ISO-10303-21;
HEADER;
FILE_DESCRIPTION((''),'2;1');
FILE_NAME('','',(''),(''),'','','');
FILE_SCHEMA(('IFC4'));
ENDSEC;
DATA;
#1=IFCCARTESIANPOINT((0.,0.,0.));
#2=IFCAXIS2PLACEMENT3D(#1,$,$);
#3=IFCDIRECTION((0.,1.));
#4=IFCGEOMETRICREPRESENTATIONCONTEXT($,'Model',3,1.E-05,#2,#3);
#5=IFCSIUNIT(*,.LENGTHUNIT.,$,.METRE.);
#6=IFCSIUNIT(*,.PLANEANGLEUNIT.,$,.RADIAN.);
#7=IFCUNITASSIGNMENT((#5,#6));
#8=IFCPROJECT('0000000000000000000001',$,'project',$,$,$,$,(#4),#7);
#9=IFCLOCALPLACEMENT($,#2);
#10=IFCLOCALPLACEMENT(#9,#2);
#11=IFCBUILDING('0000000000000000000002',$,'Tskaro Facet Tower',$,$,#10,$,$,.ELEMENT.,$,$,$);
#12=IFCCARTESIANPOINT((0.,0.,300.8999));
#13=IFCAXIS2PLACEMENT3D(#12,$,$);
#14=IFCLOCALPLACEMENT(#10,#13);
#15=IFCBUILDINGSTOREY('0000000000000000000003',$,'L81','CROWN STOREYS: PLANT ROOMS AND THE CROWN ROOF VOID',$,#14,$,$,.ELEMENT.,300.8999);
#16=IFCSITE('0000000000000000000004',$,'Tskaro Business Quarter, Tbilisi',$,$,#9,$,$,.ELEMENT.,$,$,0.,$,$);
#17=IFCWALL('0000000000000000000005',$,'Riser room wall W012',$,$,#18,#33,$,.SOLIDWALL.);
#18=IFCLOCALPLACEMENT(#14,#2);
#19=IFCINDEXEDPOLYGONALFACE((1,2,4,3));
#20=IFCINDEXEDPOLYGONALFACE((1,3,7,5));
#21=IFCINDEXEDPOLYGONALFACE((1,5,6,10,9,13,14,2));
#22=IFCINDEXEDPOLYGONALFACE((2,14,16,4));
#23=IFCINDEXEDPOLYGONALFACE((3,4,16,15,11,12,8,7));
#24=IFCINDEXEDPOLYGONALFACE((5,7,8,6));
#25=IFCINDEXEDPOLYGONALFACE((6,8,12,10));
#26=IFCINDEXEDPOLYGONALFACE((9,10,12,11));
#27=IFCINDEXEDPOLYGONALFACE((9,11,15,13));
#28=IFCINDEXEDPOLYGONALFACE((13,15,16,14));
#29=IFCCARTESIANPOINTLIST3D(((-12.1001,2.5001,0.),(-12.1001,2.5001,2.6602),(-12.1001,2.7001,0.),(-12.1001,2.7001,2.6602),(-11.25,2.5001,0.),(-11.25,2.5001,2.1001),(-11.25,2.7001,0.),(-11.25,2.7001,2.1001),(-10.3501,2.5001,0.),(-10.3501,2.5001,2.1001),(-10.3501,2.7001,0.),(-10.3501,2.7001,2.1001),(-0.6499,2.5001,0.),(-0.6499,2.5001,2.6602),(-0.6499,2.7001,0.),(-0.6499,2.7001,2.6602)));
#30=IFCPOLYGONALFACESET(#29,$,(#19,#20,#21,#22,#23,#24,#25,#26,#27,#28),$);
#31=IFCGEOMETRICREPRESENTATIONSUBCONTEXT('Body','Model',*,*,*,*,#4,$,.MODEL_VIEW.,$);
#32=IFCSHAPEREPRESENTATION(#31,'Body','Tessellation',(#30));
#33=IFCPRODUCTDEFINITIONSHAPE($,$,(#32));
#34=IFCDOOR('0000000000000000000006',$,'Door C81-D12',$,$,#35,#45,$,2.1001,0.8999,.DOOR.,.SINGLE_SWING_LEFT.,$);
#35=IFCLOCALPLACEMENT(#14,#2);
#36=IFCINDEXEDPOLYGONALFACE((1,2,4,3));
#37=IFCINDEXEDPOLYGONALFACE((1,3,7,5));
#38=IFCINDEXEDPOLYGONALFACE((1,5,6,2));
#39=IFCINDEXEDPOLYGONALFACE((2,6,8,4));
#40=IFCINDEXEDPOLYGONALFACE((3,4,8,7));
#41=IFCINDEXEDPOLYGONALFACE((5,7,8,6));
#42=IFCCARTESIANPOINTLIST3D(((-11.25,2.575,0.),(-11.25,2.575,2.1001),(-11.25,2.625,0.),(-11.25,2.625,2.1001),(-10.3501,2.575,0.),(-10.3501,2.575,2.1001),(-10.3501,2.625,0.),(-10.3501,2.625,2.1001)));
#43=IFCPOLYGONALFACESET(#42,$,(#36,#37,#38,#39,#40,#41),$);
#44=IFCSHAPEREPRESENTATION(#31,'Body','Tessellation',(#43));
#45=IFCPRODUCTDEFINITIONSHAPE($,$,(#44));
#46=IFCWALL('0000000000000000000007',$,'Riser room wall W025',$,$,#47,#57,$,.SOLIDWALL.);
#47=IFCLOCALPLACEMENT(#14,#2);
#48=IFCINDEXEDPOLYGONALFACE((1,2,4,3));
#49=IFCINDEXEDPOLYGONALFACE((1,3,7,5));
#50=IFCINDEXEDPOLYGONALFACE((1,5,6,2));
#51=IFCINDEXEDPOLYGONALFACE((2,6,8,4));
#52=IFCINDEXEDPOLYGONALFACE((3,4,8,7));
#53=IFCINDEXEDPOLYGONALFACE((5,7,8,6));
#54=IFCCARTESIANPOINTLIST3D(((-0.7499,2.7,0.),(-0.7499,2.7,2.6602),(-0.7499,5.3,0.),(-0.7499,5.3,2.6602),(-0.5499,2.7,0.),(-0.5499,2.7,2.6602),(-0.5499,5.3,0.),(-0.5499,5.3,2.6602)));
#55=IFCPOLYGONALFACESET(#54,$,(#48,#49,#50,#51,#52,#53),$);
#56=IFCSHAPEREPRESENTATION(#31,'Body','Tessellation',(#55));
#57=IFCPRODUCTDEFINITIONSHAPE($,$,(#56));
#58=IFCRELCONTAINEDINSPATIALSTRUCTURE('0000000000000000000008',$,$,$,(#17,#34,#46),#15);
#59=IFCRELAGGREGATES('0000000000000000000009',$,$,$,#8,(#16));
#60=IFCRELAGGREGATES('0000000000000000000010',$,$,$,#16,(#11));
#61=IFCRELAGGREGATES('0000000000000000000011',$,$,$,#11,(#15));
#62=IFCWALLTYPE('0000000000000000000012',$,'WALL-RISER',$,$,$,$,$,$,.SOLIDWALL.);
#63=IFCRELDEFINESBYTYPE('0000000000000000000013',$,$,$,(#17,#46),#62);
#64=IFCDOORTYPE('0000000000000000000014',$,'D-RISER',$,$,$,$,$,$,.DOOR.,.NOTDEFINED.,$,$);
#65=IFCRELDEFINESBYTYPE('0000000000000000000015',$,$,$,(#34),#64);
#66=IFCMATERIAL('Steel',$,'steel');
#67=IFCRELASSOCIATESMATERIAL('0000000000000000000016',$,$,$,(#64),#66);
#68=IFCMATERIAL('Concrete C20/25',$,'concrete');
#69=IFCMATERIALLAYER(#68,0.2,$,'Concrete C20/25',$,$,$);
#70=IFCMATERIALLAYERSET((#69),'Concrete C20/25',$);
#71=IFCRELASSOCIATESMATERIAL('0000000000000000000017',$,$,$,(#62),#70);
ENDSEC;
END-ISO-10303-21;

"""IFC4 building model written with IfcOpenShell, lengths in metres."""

from ifc_helpers import new_model, si_unit, direction, frame, frame_2d, origin, place, context, subcontext, project, spatial, rectangle, extrude, material, layer, layer_set, type_object, element, fill, save


model = new_model("IFC4")

# Units and contexts
model_context = context("Model", 3, precision=1e-05, world=origin(), true_north=direction((0.0, 1.0)))
body_context = subcontext(model_context, "Body", "Model", "MODEL_VIEW")
ifc_project = project(units=[si_unit("LENGTHUNIT", "METRE"), si_unit("PLANEANGLEUNIT", "RADIAN")], contexts=[model_context])

# Site, building, storey
site_placement = place(None, origin())
site = spatial("IfcSite", under=ifc_project, at=site_placement, Name="Tskaro Business Quarter, Tbilisi", CompositionType="ELEMENT", RefElevation=0.0)
building_placement = place(site_placement, origin())
building = spatial("IfcBuilding", under=site, at=building_placement, Name="Tskaro Facet Tower", CompositionType="ELEMENT")
storey_placement = place(building_placement, frame((0.0, 0.0, 300.8999)))
storey = spatial("IfcBuildingStorey", under=building, at=storey_placement, Name="L81", Description="CROWN STOREYS: PLANT ROOMS AND THE CROWN ROOF VOID", CompositionType="ELEMENT", Elevation=300.8999)

# Shared definitions
ifc_material_1 = material(Name="Concrete C20/25", Category="concrete")

# Shared definitions
ifc_material_2 = material(Name="Steel", Category="steel")
door_type = type_object("IfcDoorType", Name="D-RISER", OperationType="NOTDEFINED", PredefinedType="DOOR", material=ifc_material_2)

# Wall, opening, door
ifc_layer_1 = layer(ifc_material_1, 0.2, Name="Concrete C20/25")
ifc_layer_set_1 = layer_set([ifc_layer_1], Name="Concrete C20/25")
wall_type_1 = type_object("IfcWallType", Name="WALL-RISER", PredefinedType="SOLIDWALL", material=ifc_layer_set_1)
wall_1_placement = place(storey_placement, frame((-12.1001, 2.6001, 0.0), z_axis=(0.0, 0.0, 1.0), x_axis=(1.0, 0.0, 0.0)))
wall_1 = element("IfcWall", 1, at=wall_1_placement, inside=storey, type_object=wall_type_1, Name="Riser room wall W012", PredefinedType="SOLIDWALL", context=body_context, shape_type="SweptSolid", body=[
    extrude(rectangle(XDim=11.4502, YDim=0.2, at=frame_2d((5.7251, 0.0))), origin(), (0.0, 0.0, 1.0), 2.6602),
])
opening_1_placement = place(wall_1_placement, frame((0.8501, 0.0, 0.0)))
opening_1 = element("IfcOpeningElement", 2, at=opening_1_placement, cuts=wall_1, PredefinedType="OPENING", context=body_context, shape_type="SweptSolid", body=[
    extrude(rectangle(XDim=0.8999, YDim=2.1001, at=frame_2d((0.45, 1.05))), frame((0.0, 0.1099, 0.0), z_axis=(0.0, -1.0, 0.0), x_axis=(1.0, 0.0, 0.0)), (0.0, 0.0, 1.0), 0.22),
])
door_1_placement = place(opening_1_placement, origin())
door_1 = element("IfcDoor", 3, at=door_1_placement, inside=storey, type_object=door_type, Name="Door C81-D12", OperationType="SINGLE_SWING_LEFT", OverallHeight=2.1001, OverallWidth=0.8999, PredefinedType="DOOR", context=body_context, shape_type="SweptSolid", body=[
    extrude(rectangle(XDim=0.8999, YDim=2.1001, at=frame_2d((0.45, 1.05))), frame((0.0, 0.0249, 0.0), z_axis=(0.0, -1.0, 0.0), x_axis=(1.0, 0.0, 0.0)), (0.0, 0.0, 1.0), 0.05),
])
fill(opening_1, door_1)

# Wall
wall_2_placement = place(storey_placement, frame((-0.6499, 2.7, 0.0), z_axis=(0.0, 0.0, 1.0), x_axis=(0.0, 1.0, 0.0)))
element("IfcWall", 4, at=wall_2_placement, inside=storey, type_object=wall_type_1, Name="Riser room wall W025", PredefinedType="SOLIDWALL", context=body_context, shape_type="SweptSolid", body=[
    extrude(rectangle(XDim=2.6001, YDim=0.2, at=frame_2d((1.3, 0.0))), origin(), (0.0, 0.0, 1.0), 2.6602),
])

save(model, "model.ifc")
